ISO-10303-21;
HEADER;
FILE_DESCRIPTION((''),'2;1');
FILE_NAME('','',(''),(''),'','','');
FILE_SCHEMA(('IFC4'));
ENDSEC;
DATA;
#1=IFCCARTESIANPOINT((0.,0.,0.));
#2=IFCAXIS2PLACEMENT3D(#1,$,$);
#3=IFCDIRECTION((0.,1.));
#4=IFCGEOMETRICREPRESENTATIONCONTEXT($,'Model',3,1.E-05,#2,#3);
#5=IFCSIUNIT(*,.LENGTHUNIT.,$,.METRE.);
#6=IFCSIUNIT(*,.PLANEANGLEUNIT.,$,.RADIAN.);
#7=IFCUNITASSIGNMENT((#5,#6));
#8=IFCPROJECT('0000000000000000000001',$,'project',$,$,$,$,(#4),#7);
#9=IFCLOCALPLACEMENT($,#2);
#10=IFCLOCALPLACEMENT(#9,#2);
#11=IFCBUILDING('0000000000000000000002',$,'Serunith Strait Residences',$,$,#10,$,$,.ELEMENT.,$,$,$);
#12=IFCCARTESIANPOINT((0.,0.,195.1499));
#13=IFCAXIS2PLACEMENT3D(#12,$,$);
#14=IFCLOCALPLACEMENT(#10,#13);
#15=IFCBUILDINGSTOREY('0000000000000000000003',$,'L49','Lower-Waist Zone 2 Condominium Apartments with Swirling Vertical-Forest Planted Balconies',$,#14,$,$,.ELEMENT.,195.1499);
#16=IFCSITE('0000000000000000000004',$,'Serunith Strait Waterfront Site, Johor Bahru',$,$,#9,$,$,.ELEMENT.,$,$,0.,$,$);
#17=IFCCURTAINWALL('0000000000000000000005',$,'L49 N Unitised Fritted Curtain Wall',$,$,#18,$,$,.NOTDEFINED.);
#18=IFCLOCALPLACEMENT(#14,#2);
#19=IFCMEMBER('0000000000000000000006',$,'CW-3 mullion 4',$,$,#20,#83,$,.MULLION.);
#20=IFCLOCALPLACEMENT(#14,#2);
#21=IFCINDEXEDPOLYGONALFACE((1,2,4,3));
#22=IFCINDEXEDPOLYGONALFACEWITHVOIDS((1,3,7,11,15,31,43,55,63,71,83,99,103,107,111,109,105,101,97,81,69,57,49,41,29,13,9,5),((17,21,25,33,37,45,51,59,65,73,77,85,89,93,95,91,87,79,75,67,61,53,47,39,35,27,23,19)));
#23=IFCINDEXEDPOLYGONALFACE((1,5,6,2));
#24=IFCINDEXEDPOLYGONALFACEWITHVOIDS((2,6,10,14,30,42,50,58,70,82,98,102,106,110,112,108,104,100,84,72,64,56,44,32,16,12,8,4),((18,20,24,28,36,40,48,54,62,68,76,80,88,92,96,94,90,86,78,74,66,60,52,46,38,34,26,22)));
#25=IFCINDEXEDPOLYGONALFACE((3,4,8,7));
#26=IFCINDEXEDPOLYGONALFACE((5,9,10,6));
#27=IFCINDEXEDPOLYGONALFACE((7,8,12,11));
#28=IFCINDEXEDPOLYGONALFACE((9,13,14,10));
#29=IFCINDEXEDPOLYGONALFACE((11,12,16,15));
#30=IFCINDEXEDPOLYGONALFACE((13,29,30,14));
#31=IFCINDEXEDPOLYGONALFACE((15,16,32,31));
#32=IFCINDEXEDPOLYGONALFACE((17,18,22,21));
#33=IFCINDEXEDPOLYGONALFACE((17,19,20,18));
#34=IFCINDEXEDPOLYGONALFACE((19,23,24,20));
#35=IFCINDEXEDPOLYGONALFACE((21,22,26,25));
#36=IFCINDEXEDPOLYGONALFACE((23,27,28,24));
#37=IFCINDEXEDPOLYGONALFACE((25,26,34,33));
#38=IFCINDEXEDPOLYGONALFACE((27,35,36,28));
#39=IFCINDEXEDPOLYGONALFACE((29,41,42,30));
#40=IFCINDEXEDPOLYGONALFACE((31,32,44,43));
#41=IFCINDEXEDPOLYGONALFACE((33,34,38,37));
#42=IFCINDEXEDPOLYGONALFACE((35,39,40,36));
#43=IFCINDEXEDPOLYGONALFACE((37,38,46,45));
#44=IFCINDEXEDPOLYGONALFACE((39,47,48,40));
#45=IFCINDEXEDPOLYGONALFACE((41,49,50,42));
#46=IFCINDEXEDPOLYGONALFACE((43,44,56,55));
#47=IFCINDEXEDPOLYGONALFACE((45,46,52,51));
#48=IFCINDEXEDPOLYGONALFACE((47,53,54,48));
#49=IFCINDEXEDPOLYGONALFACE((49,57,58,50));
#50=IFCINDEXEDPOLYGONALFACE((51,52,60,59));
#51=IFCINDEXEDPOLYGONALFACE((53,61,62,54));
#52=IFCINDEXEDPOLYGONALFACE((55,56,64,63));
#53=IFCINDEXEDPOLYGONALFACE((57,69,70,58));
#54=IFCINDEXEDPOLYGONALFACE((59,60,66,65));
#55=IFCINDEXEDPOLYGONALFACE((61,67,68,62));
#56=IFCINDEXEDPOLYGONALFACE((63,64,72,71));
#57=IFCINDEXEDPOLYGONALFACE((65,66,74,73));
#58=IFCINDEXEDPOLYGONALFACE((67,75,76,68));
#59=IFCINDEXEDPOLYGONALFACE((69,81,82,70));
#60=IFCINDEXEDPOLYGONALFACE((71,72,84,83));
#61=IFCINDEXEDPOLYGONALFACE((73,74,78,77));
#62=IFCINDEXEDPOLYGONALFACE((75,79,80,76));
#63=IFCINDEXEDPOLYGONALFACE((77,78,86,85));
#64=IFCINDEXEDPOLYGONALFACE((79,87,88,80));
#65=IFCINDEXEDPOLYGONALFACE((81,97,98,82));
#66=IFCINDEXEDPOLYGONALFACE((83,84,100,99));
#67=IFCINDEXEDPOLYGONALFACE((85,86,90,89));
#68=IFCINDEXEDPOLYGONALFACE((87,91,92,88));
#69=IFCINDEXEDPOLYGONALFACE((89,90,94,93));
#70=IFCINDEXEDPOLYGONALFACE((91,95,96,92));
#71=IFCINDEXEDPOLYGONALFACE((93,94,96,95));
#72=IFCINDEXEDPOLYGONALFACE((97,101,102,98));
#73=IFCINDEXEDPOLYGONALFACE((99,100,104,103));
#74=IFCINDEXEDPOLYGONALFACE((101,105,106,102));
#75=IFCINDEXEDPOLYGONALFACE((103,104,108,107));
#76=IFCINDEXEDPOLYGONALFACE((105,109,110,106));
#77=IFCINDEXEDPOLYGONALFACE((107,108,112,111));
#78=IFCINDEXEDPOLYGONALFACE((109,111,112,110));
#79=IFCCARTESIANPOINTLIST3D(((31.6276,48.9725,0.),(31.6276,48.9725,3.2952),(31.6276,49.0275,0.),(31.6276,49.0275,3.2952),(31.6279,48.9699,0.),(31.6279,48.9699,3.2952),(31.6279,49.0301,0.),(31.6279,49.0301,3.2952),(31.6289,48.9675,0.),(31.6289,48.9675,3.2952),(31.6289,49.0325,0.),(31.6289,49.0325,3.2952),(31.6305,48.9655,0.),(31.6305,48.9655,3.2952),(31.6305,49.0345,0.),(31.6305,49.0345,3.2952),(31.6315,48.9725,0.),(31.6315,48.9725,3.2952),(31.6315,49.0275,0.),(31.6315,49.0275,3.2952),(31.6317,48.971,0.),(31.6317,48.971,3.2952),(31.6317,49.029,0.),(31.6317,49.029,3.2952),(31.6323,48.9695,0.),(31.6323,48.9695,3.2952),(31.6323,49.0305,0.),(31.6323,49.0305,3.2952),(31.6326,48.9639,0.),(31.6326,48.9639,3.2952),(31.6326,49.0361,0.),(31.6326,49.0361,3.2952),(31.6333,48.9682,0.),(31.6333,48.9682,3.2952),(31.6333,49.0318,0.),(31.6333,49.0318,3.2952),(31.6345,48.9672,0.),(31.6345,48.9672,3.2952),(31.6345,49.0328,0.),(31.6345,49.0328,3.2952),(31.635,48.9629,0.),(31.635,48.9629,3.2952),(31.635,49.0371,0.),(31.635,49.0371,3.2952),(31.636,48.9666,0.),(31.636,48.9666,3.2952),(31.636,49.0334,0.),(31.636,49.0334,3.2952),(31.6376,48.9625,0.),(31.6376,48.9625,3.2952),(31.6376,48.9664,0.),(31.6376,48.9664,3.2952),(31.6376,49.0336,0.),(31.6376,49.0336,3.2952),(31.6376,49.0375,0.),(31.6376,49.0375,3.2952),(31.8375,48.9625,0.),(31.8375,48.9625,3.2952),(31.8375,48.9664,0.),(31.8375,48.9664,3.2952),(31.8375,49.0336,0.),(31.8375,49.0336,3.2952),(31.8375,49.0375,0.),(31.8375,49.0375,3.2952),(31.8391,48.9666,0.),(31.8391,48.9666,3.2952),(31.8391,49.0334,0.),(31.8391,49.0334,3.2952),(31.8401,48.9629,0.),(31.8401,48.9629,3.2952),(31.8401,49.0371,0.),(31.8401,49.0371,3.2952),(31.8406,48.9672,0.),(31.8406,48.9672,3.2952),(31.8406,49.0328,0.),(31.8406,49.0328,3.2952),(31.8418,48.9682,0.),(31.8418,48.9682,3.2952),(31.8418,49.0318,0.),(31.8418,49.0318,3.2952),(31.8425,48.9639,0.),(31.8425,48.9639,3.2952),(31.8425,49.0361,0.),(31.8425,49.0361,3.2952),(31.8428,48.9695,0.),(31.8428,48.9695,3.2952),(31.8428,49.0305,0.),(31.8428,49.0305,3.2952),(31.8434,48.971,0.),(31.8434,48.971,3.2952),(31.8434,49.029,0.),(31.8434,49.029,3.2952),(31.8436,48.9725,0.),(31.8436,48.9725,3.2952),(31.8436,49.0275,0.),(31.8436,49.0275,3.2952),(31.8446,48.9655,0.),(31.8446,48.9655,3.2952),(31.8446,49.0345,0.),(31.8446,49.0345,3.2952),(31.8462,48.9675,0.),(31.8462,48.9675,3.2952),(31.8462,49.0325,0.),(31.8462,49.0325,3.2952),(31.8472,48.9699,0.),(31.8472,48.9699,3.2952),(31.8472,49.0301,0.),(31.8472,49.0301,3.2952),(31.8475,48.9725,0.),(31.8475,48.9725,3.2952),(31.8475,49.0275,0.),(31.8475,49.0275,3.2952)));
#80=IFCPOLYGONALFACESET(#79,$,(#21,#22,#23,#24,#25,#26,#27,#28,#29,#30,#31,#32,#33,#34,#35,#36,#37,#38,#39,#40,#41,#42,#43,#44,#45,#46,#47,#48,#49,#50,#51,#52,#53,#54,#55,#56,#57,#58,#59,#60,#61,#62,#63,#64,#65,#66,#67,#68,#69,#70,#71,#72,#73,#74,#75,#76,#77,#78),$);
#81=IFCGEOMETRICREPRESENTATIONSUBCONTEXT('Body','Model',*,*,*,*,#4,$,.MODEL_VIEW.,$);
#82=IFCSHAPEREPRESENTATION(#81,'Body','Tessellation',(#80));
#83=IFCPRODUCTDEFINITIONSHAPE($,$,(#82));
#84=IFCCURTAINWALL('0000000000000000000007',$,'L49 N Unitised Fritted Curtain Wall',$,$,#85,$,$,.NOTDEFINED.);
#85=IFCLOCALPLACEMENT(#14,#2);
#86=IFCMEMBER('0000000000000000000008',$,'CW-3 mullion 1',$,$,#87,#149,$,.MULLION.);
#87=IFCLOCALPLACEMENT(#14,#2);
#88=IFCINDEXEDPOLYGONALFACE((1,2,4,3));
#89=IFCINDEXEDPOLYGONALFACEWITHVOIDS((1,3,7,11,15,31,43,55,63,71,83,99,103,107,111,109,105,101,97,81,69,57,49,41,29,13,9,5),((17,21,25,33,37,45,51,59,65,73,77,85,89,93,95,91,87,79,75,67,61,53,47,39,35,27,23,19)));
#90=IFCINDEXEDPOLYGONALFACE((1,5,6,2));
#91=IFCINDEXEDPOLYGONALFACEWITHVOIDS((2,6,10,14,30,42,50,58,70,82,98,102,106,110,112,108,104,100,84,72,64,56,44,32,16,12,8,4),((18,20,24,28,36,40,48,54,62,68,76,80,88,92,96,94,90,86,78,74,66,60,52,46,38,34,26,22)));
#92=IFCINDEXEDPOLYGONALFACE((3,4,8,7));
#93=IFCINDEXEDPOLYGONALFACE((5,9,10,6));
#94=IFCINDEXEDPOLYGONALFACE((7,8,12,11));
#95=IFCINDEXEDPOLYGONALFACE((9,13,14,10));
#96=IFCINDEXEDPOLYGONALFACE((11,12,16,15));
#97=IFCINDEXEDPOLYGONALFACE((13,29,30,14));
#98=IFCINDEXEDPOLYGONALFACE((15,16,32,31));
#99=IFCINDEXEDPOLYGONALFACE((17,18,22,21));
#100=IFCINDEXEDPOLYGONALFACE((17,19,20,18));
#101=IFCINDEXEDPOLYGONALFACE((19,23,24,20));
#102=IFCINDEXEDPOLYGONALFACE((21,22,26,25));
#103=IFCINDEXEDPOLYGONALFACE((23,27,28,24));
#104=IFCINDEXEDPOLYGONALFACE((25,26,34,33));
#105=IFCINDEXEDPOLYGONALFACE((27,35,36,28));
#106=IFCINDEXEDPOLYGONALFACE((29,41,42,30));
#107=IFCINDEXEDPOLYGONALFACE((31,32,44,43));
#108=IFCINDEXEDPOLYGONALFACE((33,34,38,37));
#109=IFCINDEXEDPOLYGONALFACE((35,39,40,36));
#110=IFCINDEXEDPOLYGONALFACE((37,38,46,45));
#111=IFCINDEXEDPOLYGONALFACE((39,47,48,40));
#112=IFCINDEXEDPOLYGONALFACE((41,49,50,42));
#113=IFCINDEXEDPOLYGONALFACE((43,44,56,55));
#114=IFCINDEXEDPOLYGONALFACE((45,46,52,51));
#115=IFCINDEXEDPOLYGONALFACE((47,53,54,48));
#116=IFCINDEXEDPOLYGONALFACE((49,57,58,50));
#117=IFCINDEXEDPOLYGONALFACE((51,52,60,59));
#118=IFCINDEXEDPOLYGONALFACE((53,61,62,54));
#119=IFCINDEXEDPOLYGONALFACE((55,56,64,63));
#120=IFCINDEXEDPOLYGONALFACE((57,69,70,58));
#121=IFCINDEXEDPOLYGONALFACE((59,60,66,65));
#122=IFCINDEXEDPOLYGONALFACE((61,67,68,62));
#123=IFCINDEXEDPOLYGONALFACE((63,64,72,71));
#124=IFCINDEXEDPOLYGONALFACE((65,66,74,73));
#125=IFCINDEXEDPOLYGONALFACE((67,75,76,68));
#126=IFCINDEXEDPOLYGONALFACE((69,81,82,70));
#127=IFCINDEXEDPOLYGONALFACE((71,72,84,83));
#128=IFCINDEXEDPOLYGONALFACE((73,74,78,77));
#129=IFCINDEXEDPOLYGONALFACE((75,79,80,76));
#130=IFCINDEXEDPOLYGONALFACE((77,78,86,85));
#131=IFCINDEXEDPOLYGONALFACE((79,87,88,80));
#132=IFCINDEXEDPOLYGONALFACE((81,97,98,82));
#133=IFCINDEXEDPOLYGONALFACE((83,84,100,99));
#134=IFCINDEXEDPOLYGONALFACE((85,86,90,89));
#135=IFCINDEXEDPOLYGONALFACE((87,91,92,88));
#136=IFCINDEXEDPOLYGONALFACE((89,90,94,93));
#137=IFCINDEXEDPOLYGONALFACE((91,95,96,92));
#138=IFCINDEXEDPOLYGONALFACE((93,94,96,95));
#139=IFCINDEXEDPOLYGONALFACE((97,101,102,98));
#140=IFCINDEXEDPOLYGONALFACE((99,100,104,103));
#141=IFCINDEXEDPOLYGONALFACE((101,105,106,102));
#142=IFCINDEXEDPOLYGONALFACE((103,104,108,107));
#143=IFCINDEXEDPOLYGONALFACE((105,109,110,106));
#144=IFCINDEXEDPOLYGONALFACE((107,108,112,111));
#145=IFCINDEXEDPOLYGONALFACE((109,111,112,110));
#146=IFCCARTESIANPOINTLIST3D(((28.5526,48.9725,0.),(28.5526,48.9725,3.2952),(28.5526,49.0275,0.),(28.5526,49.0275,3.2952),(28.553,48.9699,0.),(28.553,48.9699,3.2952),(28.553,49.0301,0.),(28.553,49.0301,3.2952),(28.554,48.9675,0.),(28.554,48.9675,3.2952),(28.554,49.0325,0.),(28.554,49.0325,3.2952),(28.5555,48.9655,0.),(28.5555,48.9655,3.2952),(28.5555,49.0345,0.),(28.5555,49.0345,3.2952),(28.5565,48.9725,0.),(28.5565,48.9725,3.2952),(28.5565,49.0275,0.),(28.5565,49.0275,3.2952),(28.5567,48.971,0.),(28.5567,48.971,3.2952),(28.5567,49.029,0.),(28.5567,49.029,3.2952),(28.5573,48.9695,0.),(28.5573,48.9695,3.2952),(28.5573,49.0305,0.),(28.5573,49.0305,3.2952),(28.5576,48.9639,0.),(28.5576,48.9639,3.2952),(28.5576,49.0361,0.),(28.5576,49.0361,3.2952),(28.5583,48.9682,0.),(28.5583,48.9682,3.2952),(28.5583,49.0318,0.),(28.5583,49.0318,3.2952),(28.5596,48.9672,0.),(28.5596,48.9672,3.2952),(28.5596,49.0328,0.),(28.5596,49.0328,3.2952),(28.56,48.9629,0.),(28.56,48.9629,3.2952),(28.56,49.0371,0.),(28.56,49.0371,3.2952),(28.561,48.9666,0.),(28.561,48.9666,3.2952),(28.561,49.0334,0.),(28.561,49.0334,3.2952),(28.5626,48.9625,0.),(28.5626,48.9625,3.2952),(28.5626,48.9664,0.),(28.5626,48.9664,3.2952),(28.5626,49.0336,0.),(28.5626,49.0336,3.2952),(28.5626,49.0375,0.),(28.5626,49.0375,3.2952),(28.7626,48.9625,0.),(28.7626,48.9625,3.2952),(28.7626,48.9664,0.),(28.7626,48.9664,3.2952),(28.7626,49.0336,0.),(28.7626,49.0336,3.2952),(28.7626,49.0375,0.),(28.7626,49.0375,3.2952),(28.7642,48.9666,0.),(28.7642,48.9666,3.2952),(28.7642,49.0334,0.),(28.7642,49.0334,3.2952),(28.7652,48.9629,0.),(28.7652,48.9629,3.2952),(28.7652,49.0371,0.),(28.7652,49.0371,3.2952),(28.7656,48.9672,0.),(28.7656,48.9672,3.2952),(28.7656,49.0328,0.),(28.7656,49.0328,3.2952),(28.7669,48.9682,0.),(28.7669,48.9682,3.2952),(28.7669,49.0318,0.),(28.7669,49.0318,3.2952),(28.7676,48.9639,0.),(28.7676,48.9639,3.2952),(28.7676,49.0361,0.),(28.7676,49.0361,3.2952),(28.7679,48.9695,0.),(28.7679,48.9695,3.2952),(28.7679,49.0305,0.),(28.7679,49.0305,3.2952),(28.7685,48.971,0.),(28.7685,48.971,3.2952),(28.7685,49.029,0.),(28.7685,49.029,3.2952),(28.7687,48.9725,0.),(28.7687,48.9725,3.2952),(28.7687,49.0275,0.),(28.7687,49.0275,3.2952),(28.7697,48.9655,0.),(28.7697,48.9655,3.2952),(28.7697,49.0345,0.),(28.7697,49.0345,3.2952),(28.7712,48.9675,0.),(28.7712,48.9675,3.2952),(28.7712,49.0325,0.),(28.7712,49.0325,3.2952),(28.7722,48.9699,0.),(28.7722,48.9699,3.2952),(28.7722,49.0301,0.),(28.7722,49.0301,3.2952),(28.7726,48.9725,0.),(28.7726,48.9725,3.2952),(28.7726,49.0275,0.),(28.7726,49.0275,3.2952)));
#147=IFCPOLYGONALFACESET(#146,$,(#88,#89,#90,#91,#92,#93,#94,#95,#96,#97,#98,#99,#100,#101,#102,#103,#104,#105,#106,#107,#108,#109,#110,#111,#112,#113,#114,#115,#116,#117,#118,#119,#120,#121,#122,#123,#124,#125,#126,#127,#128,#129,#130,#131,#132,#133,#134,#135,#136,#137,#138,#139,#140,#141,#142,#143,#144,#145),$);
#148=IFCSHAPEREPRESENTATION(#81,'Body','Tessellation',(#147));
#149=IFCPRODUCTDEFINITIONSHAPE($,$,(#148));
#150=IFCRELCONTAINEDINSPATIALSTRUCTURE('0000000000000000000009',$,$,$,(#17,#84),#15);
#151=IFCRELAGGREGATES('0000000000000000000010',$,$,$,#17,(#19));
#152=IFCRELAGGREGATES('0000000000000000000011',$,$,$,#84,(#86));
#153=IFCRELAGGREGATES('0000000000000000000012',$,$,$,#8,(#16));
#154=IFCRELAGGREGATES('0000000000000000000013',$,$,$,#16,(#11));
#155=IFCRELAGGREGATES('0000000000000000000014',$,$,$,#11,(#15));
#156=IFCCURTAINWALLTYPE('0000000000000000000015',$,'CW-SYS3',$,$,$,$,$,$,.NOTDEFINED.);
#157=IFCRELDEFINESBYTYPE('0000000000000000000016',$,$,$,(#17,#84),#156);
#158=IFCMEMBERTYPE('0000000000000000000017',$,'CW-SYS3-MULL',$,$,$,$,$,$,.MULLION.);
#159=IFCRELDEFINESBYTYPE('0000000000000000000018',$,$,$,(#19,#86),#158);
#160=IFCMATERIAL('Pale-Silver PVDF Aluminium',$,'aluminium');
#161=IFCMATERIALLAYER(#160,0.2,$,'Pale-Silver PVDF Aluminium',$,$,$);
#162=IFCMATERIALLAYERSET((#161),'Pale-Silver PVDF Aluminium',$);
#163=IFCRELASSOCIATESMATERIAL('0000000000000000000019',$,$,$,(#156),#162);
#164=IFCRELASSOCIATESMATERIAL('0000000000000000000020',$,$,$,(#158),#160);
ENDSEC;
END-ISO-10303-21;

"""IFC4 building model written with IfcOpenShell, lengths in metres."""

from ifc_helpers import new_model, si_unit, direction, frame, origin, origin_2d, place, context, subcontext, project, spatial, hollow_rectangle, extrude, source, transform, mapped, material, layer, layer_set, material_profile, profile_set, type_object, element, aggregate, save


model = new_model("IFC4")

# Units and contexts
model_context = context("Model", 3, precision=1e-05, world=origin(), true_north=direction((0.0, 1.0)))
body_context = subcontext(model_context, "Body", "Model", "MODEL_VIEW")
ifc_project = project(units=[si_unit("LENGTHUNIT", "METRE"), si_unit("PLANEANGLEUNIT", "RADIAN")], contexts=[model_context])

# Site, building, storey
site_placement = place(None, origin())
site = spatial("IfcSite", under=ifc_project, at=site_placement, Name="Serunith Strait Waterfront Site, Johor Bahru", CompositionType="ELEMENT", RefElevation=0.0)
building_placement = place(site_placement, origin())
building = spatial("IfcBuilding", under=site, at=building_placement, Name="Serunith Strait Residences", CompositionType="ELEMENT")
storey_placement = place(building_placement, frame((0.0, 0.0, 195.1499)))
storey = spatial("IfcBuildingStorey", under=building, at=storey_placement, Name="L49", Description="Lower-Waist Zone 2 Condominium Apartments with Swirling Vertical-Forest Planted Balconies", CompositionType="ELEMENT", Elevation=195.1499)

# Curtain wall, member
ifc_material_1 = material(Name="Pale-Silver PVDF Aluminium", Category="aluminium")
ifc_layer_1 = layer(ifc_material_1, 0.2, Name="Pale-Silver PVDF Aluminium")
ifc_layer_set_1 = layer_set([ifc_layer_1], Name="Pale-Silver PVDF Aluminium")
curtain_wall_type = type_object("IfcCurtainWallType", Name="CW-SYS3", PredefinedType="NOTDEFINED", material=ifc_layer_set_1)
curtain_wall_1_placement = place(storey_placement, origin())
curtain_wall_1 = element("IfcCurtainWall", 1, at=curtain_wall_1_placement, inside=storey, type_object=curtain_wall_type, Name="L49 N Unitised Fritted Curtain Wall", PredefinedType="NOTDEFINED")
ifc_material_profile_1 = material_profile(ifc_material_1, hollow_rectangle(XDim=0.075, YDim=0.22, WallThickness=0.0039, InnerFilletRadius=0.0061, OuterFilletRadius=0.01, at=origin_2d()), Name="ALU 220x75x4")
ifc_profile_set_1 = profile_set([ifc_material_profile_1], Name="Pale-Silver PVDF Aluminium")
member_type_1 = type_object("IfcMemberType", Name="CW-SYS3-MULL", PredefinedType="MULLION", material=ifc_profile_set_1)
shared_shape_1 = source(origin(), body_context, "Body", "SweptSolid", [
    extrude(hollow_rectangle(XDim=0.075, YDim=0.22, WallThickness=0.0039, InnerFilletRadius=0.0061, OuterFilletRadius=0.01, at=origin_2d()), origin(), (0.0, 0.0, 1.0), 3.2952),
])
member_1_placement = place(storey_placement, frame((31.7375, 49.0, 0.0), z_axis=(0.0, 0.0, 1.0), x_axis=(0.0, -1.0, 0.0)))
member_1 = element("IfcMember", 2, at=member_1_placement, type_object=member_type_1, Name="CW-3 mullion 4", PredefinedType="MULLION", context=body_context, shape_type="MappedRepresentation", body=[
    mapped(shared_shape_1, transform((0.0, 0.0, 0.0), scale=1.0)),
])
aggregate(curtain_wall_1, [member_1])

# Curtain wall, member
curtain_wall_2_placement = place(storey_placement, origin())
curtain_wall_2 = element("IfcCurtainWall", 3, at=curtain_wall_2_placement, inside=storey, type_object=curtain_wall_type, Name="L49 N Unitised Fritted Curtain Wall", PredefinedType="NOTDEFINED")
member_2_placement = place(storey_placement, frame((28.6626, 49.0, 0.0), z_axis=(0.0, 0.0, 1.0), x_axis=(0.0, -1.0, 0.0)))
member_2 = element("IfcMember", 4, at=member_2_placement, type_object=member_type_1, Name="CW-3 mullion 1", PredefinedType="MULLION", context=body_context, shape_type="MappedRepresentation", body=[
    mapped(shared_shape_1, transform((0.0, 0.0, 0.0), scale=1.0)),
])
aggregate(curtain_wall_2, [member_2])

save(model, "model.ifc")
